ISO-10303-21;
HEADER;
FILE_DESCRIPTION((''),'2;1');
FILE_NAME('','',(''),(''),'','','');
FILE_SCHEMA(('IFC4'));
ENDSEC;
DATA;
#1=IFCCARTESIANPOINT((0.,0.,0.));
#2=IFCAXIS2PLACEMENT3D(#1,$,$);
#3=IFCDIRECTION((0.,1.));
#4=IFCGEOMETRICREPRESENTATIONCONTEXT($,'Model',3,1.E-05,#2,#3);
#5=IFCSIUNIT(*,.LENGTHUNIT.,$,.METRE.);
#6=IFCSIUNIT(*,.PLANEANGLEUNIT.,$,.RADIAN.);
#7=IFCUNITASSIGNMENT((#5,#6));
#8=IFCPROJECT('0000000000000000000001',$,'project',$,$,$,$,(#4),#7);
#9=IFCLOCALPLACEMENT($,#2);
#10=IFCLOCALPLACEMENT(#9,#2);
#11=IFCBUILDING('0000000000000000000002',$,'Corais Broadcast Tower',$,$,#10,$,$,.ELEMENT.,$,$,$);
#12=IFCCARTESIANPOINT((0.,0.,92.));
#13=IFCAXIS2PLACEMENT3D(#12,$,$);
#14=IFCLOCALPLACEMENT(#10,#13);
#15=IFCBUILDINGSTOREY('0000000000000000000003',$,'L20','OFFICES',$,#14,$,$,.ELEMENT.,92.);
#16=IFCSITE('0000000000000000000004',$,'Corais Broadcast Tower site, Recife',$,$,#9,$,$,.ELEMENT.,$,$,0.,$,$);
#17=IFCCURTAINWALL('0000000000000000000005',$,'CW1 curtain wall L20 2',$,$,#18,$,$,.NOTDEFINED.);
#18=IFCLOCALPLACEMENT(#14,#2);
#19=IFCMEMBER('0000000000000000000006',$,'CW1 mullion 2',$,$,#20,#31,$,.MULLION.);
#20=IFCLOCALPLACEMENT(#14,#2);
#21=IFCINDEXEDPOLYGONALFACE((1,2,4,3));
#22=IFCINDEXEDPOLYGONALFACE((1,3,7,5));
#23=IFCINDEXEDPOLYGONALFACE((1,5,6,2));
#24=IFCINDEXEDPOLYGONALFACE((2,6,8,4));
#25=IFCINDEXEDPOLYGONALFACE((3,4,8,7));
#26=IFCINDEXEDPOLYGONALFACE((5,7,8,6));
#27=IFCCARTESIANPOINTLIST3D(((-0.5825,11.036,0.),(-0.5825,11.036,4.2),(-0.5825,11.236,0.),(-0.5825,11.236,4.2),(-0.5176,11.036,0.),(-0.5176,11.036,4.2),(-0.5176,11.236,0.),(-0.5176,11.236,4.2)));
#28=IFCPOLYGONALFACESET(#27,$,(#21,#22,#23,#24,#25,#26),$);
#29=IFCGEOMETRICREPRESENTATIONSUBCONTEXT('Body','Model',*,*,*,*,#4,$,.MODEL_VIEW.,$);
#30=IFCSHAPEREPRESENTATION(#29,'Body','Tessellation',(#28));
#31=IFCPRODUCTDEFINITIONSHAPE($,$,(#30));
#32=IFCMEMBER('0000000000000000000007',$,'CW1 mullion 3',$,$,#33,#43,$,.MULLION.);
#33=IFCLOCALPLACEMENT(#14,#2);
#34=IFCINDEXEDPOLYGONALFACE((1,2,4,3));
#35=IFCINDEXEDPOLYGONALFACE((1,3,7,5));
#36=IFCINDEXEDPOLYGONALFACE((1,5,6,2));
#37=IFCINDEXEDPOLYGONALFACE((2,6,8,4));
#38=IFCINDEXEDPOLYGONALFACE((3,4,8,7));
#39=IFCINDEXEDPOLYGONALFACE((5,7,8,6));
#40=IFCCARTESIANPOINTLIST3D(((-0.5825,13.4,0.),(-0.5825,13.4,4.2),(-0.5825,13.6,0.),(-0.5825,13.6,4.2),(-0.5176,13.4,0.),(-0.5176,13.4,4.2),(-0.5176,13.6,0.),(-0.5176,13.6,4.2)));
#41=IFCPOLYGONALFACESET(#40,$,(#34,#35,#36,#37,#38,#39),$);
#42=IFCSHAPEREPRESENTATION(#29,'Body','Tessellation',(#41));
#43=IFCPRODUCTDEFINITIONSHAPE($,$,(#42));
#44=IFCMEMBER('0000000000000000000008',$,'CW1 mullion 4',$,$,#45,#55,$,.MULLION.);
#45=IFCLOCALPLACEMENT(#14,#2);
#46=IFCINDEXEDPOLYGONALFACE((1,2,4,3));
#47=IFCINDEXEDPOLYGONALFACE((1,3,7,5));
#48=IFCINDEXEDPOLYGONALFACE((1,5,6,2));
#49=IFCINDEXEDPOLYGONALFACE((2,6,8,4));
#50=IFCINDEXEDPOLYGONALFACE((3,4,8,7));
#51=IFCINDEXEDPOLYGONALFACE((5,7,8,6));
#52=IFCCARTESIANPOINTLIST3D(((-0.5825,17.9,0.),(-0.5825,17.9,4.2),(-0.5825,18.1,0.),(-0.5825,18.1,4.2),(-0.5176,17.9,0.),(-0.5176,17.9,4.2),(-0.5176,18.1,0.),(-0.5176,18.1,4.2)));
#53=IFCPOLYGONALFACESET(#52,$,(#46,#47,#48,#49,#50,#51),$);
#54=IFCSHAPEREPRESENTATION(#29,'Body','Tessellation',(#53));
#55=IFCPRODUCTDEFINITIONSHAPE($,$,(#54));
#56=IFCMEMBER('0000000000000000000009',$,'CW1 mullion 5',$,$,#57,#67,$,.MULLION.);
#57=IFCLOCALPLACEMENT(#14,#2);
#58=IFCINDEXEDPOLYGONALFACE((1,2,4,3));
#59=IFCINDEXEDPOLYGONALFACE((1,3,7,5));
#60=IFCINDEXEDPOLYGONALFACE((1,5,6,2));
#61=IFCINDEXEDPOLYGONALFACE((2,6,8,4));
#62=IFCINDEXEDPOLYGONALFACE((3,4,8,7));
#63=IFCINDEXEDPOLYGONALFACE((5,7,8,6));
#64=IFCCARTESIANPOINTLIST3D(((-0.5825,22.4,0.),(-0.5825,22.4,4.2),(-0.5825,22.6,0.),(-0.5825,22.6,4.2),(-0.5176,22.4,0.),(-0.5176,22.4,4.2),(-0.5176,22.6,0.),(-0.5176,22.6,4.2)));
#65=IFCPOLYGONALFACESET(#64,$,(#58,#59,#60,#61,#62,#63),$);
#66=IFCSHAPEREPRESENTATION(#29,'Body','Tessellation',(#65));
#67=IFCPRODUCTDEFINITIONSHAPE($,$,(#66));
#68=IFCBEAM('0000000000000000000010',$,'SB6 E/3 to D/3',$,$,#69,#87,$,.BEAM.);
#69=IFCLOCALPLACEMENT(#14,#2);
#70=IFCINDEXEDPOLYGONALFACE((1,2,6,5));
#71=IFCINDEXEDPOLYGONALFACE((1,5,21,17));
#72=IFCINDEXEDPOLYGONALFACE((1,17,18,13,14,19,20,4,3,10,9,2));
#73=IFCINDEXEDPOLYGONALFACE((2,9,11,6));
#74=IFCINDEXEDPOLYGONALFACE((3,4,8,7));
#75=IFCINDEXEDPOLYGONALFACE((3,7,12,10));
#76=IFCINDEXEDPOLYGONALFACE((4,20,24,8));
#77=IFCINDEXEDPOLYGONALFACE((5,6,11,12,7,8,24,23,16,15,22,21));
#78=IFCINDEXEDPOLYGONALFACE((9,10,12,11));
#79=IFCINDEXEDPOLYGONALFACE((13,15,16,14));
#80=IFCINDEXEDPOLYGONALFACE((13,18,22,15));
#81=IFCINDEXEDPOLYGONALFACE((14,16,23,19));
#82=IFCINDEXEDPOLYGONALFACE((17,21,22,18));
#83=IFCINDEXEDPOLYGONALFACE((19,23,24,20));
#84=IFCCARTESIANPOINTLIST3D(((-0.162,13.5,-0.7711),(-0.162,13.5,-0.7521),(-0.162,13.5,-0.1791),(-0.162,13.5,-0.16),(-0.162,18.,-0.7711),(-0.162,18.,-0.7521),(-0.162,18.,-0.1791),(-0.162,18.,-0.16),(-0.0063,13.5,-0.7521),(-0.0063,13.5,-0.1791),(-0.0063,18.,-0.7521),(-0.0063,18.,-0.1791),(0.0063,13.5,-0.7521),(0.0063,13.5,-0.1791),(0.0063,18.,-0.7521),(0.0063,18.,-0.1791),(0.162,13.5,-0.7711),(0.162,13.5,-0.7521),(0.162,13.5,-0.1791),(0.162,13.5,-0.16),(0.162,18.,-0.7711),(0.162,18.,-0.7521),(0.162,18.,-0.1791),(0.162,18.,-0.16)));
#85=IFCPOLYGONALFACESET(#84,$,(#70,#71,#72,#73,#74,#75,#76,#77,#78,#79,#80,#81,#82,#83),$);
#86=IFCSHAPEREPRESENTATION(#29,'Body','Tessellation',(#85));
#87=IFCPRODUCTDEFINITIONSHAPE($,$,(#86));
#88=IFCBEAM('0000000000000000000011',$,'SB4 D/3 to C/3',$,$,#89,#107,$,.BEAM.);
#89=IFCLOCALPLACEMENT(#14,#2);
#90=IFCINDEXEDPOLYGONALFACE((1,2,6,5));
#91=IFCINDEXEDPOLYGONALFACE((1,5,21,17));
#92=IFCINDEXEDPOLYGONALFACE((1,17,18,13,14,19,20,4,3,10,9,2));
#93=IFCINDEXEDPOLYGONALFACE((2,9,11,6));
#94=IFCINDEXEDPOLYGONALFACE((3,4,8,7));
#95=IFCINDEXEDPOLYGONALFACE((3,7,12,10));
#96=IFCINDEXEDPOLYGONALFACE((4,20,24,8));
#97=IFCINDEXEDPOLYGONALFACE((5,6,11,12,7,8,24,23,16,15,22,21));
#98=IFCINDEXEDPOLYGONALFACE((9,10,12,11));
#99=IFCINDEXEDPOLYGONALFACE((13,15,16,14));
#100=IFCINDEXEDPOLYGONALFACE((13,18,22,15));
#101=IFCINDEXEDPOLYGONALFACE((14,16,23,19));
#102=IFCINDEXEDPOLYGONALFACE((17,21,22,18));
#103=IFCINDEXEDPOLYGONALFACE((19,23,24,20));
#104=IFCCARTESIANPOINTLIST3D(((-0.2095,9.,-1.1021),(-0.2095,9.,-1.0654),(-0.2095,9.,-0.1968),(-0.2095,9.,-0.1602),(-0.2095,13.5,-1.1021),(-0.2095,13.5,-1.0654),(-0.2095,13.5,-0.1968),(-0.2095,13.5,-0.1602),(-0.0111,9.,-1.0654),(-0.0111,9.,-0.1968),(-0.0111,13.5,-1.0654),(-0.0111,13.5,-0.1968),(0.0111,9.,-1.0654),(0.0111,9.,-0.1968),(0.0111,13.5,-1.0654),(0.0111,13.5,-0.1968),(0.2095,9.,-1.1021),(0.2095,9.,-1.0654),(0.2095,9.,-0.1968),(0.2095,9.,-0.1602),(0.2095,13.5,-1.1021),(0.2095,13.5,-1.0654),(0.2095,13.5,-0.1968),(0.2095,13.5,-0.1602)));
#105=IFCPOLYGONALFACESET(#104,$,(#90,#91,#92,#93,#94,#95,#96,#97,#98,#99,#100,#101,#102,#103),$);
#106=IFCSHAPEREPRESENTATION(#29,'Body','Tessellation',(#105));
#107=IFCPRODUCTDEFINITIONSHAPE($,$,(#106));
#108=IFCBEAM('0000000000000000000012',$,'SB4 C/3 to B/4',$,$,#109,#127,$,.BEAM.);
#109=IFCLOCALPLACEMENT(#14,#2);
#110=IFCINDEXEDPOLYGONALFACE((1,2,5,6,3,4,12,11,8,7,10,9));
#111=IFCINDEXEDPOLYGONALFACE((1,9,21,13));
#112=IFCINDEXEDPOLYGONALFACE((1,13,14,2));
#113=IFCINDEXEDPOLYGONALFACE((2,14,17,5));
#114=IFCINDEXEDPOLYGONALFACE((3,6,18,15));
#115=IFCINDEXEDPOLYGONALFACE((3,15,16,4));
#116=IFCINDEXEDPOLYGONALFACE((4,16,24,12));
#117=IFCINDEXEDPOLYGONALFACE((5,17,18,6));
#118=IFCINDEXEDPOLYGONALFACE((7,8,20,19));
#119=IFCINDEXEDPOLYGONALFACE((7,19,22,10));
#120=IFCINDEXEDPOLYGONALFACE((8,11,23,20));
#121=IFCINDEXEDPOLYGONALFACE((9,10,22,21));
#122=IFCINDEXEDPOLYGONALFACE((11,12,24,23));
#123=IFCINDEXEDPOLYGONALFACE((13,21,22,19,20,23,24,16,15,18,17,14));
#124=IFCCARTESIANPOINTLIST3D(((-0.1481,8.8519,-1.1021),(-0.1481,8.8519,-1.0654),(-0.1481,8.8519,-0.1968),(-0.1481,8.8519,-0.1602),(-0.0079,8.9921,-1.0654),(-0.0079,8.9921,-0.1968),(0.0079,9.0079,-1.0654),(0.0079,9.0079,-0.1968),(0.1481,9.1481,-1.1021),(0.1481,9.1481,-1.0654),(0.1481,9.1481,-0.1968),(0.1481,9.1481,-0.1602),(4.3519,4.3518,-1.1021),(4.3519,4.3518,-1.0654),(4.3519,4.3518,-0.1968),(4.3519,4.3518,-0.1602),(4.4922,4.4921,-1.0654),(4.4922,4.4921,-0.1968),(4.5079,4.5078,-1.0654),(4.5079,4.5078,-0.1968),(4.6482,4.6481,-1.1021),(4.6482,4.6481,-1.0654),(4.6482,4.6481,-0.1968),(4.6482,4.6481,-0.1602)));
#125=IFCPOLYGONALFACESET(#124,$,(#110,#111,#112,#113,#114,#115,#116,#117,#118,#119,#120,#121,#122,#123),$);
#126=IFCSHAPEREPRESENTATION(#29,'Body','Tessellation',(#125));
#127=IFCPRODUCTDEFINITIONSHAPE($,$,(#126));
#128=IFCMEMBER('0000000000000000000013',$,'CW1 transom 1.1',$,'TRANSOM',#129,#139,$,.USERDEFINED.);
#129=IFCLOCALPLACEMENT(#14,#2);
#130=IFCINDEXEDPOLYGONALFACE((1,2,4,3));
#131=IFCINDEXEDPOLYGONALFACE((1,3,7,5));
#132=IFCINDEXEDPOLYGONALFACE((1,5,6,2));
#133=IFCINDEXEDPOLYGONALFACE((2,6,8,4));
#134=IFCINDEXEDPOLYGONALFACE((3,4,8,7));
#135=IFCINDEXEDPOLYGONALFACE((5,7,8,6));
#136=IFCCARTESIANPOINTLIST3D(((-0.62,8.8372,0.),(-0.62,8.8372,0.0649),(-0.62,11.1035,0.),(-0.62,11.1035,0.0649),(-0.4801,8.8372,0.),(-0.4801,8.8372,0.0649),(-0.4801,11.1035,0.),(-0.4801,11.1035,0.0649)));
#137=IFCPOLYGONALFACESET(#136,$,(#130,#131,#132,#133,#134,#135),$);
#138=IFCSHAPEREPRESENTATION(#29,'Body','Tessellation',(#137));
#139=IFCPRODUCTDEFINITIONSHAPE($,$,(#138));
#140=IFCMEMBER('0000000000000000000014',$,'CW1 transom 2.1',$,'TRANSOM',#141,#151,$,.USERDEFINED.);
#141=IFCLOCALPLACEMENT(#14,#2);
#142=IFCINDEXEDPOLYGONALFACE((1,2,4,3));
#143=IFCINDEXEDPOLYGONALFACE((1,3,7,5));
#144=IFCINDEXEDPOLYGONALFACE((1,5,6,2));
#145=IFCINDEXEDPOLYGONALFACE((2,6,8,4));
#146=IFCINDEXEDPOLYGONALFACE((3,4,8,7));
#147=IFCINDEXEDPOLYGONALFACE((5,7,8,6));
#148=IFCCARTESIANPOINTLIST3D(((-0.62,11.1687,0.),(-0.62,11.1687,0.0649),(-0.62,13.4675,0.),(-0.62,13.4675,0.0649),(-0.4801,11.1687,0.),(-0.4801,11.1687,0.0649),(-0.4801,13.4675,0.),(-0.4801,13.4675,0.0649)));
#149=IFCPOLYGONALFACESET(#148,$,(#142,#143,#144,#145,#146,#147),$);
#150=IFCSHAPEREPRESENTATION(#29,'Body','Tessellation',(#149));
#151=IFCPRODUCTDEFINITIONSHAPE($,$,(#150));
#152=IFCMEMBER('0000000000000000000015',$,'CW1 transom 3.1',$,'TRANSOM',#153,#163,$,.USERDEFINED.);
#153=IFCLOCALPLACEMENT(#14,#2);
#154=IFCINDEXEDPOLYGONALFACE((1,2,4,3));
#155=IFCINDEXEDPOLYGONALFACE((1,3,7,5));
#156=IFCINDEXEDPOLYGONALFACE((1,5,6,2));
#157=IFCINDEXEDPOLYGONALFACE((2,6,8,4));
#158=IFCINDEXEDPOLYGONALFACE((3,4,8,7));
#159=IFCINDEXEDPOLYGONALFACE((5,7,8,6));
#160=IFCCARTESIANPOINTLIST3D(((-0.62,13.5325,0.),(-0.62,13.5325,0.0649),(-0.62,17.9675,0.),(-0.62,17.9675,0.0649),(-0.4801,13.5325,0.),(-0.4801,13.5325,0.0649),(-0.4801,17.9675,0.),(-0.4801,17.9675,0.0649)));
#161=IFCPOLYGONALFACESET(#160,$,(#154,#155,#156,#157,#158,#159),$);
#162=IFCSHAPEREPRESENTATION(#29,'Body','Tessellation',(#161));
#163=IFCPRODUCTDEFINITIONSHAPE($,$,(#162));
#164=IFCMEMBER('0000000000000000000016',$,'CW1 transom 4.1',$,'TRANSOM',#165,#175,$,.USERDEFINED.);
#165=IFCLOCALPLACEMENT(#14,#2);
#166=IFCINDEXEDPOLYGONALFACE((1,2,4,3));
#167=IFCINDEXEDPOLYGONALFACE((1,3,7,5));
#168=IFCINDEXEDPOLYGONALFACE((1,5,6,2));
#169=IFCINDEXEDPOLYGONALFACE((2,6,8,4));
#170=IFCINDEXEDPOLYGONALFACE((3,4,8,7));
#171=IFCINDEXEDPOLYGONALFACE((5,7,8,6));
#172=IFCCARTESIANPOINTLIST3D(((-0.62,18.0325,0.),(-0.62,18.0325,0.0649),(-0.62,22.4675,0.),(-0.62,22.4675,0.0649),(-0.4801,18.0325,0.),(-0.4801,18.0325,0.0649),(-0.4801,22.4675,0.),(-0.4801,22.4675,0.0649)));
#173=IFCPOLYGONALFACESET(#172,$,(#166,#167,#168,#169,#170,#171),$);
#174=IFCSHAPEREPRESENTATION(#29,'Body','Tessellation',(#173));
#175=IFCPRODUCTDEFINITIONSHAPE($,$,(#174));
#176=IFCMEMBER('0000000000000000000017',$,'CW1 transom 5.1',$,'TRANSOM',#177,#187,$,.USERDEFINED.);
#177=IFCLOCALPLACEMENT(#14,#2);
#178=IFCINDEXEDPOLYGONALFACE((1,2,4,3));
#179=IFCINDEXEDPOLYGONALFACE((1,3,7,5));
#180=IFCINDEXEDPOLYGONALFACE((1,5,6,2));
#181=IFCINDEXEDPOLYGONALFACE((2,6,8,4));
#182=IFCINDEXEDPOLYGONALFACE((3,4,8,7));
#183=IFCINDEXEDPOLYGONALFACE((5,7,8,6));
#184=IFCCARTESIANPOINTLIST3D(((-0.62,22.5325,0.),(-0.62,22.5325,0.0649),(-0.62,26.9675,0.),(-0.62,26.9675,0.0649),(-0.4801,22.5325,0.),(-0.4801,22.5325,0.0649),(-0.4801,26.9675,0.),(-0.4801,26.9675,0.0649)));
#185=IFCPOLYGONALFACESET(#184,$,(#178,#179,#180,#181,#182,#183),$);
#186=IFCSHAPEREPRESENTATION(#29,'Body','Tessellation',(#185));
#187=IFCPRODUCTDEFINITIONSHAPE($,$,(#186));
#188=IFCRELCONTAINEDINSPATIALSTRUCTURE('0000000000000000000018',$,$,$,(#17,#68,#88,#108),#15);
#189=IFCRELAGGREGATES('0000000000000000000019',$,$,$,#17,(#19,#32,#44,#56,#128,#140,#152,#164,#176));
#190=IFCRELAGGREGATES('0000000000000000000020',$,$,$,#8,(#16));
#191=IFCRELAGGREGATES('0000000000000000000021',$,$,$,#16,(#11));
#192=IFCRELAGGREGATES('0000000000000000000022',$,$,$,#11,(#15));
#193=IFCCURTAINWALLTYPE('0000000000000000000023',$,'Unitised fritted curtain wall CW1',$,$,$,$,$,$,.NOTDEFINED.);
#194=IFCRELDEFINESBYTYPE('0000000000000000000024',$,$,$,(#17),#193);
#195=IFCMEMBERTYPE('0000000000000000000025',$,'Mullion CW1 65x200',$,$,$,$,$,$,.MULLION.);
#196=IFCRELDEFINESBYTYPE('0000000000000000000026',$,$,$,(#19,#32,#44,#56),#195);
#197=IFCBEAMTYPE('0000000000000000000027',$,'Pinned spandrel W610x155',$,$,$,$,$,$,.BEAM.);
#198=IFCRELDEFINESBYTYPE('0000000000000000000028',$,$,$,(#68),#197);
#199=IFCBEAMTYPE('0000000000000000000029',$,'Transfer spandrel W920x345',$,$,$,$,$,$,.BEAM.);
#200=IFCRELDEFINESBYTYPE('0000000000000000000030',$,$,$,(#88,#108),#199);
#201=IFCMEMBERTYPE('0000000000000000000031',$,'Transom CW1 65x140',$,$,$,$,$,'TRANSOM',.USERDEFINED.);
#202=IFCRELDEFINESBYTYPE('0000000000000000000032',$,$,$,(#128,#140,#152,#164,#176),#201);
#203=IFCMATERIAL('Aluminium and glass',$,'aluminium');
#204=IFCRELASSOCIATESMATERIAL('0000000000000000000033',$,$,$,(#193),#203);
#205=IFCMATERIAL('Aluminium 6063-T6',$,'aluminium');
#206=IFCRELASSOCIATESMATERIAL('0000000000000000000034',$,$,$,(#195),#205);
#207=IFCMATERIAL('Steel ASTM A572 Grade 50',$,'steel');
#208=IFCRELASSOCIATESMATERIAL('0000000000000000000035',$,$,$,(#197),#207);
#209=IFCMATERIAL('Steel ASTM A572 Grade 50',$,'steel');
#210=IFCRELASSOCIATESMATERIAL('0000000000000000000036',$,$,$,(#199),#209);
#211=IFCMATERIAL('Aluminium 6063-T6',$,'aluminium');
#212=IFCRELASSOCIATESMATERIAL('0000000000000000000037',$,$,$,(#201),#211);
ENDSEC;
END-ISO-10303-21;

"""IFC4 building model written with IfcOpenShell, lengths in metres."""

from ifc_helpers import new_model, si_unit, direction, frame, origin, origin_2d, place, context, subcontext, project, spatial, rectangle, i_section, extrude, material, material_profile, profile_set, type_object, element, aggregate, save


model = new_model("IFC4")

# Units and contexts
model_context = context("Model", 3, precision=1e-05, world=origin(), true_north=direction((0.0, 1.0)))
body_context = subcontext(model_context, "Body", "Model", "MODEL_VIEW")
ifc_project = project(units=[si_unit("LENGTHUNIT", "METRE"), si_unit("PLANEANGLEUNIT", "RADIAN")], contexts=[model_context])

# Site, building, storey
site_placement = place(None, origin())
site = spatial("IfcSite", under=ifc_project, at=site_placement, Name="Corais Broadcast Tower site, Recife", CompositionType="ELEMENT", RefElevation=0.0)
building_placement = place(site_placement, origin())
building = spatial("IfcBuilding", under=site, at=building_placement, Name="Corais Broadcast Tower", CompositionType="ELEMENT")
storey_placement = place(building_placement, frame((0.0, 0.0, 92.0)))
storey = spatial("IfcBuildingStorey", under=building, at=storey_placement, Name="L20", Description="OFFICES", CompositionType="ELEMENT", Elevation=92.0)

# Shared definitions
ifc_material_1 = material(Name="Aluminium and glass", Category="aluminium")
curtain_wall_type = type_object("IfcCurtainWallType", Name="Unitised fritted curtain wall CW1", PredefinedType="NOTDEFINED", material=ifc_material_1)
ifc_material_2 = material(Name="Aluminium 6063-T6", Category="aluminium")
ifc_material_profile_1 = material_profile(ifc_material_2, rectangle(XDim=0.0649, YDim=0.2, at=origin_2d()), Name="Mullion CW1 65x200")
ifc_profile_set_1 = profile_set([ifc_material_profile_1], Name="Aluminium 6063-T6")
member_type_1 = type_object("IfcMemberType", Name="Mullion CW1 65x200", PredefinedType="MULLION", material=ifc_profile_set_1)

# Curtain wall, members
curtain_wall_1_placement = place(storey_placement, origin())
curtain_wall_1 = element("IfcCurtainWall", 1, at=curtain_wall_1_placement, inside=storey, type_object=curtain_wall_type, Name="CW1 curtain wall L20 2", PredefinedType="NOTDEFINED")
member_1_placement = place(storey_placement, frame((-0.55, 11.136, 0.0), z_axis=(0.0, 0.0, 1.0), x_axis=(-1.0, 0.0, 0.0)))
member_1 = element("IfcMember", 2, at=member_1_placement, type_object=member_type_1, Name="CW1 mullion 2", PredefinedType="MULLION", context=body_context, shape_type="SweptSolid", body=[
    extrude(rectangle(XDim=0.0649, YDim=0.2, at=origin_2d()), origin(), (0.0, 0.0, 1.0), 4.2),
])
member_2_placement = place(storey_placement, frame((-0.55, 13.5, 0.0), z_axis=(0.0, 0.0, 1.0), x_axis=(-1.0, 0.0, 0.0)))
member_2 = element("IfcMember", 3, at=member_2_placement, type_object=member_type_1, Name="CW1 mullion 3", PredefinedType="MULLION", context=body_context, shape_type="SweptSolid", body=[
    extrude(rectangle(XDim=0.0649, YDim=0.2, at=origin_2d()), origin(), (0.0, 0.0, 1.0), 4.2),
])
member_3_placement = place(storey_placement, frame((-0.55, 18.0, 0.0), z_axis=(0.0, 0.0, 1.0), x_axis=(-1.0, 0.0, 0.0)))
member_3 = element("IfcMember", 4, at=member_3_placement, type_object=member_type_1, Name="CW1 mullion 4", PredefinedType="MULLION", context=body_context, shape_type="SweptSolid", body=[
    extrude(rectangle(XDim=0.0649, YDim=0.2, at=origin_2d()), origin(), (0.0, 0.0, 1.0), 4.2),
])
member_4_placement = place(storey_placement, frame((-0.55, 22.5, 0.0), z_axis=(0.0, 0.0, 1.0), x_axis=(-1.0, 0.0, 0.0)))
member_4 = element("IfcMember", 5, at=member_4_placement, type_object=member_type_1, Name="CW1 mullion 5", PredefinedType="MULLION", context=body_context, shape_type="SweptSolid", body=[
    extrude(rectangle(XDim=0.0649, YDim=0.2, at=origin_2d()), origin(), (0.0, 0.0, 1.0), 4.2),
])

# Beams
ifc_material_3 = material(Name="Steel ASTM A572 Grade 50", Category="steel")
ifc_material_profile_2 = material_profile(ifc_material_3, i_section(OverallWidth=0.324, OverallDepth=0.6111, WebThickness=0.0127, FlangeThickness=0.019, at=origin_2d()), Name="W610x155")
ifc_profile_set_2 = profile_set([ifc_material_profile_2], Name="Steel ASTM A572 Grade 50")
beam_type_1 = type_object("IfcBeamType", Name="Pinned spandrel W610x155", PredefinedType="BEAM", material=ifc_profile_set_2)
beam_1_placement = place(storey_placement, frame((0.0, 18.0, -0.4656), z_axis=(0.0, -1.0, 0.0), x_axis=(1.0, 0.0, 0.0)))
element("IfcBeam", 6, at=beam_1_placement, inside=storey, type_object=beam_type_1, Name="SB6 E/3 to D/3", PredefinedType="BEAM", context=body_context, shape_type="SweptSolid", body=[
    extrude(i_section(OverallWidth=0.324, OverallDepth=0.6111, WebThickness=0.0127, FlangeThickness=0.019, at=origin_2d()), origin(), (0.0, 0.0, 1.0), 4.5),
])
ifc_material_4 = material(Name="Steel ASTM A572 Grade 50", Category="steel")
ifc_material_profile_3 = material_profile(ifc_material_4, i_section(OverallWidth=0.4189, OverallDepth=0.9419, WebThickness=0.0222, FlangeThickness=0.0366, at=origin_2d()), Name="W920x345")
ifc_profile_set_3 = profile_set([ifc_material_profile_3], Name="Steel ASTM A572 Grade 50")
beam_type_2 = type_object("IfcBeamType", Name="Transfer spandrel W920x345", PredefinedType="BEAM", material=ifc_profile_set_3)
beam_2_placement = place(storey_placement, frame((0.0, 13.5, -0.6311), z_axis=(0.0, -1.0, 0.0), x_axis=(1.0, 0.0, 0.0)))
element("IfcBeam", 7, at=beam_2_placement, inside=storey, type_object=beam_type_2, Name="SB4 D/3 to C/3", PredefinedType="BEAM", context=body_context, shape_type="SweptSolid", body=[
    extrude(i_section(OverallWidth=0.4189, OverallDepth=0.9419, WebThickness=0.0222, FlangeThickness=0.0366, at=origin_2d()), origin(), (0.0, 0.0, 1.0), 4.5),
])
beam_3_placement = place(storey_placement, frame((0.0, 9.0, -0.6311), z_axis=(0.707107, -0.707107, 0.0), x_axis=(0.707107, 0.707107, 0.0)))
element("IfcBeam", 8, at=beam_3_placement, inside=storey, type_object=beam_type_2, Name="SB4 C/3 to B/4", PredefinedType="BEAM", context=body_context, shape_type="SweptSolid", body=[
    extrude(i_section(OverallWidth=0.4189, OverallDepth=0.9419, WebThickness=0.0222, FlangeThickness=0.0366, at=origin_2d()), origin(), (0.0, 0.0, 1.0), 6.364),
])

# Members
ifc_material_5 = material(Name="Aluminium 6063-T6", Category="aluminium")
ifc_material_profile_4 = material_profile(ifc_material_5, rectangle(XDim=0.1399, YDim=0.0649, at=origin_2d()), Name="Transom CW1 65x140")
ifc_profile_set_4 = profile_set([ifc_material_profile_4], Name="Aluminium 6063-T6")
member_type_2 = type_object("IfcMemberType", Name="Transom CW1 65x140", ElementType="TRANSOM", PredefinedType="USERDEFINED", material=ifc_profile_set_4)
member_5_placement = place(storey_placement, frame((-0.55, 8.8372, 0.0325), z_axis=(0.0, 1.0, 0.0), x_axis=(-1.0, 0.0, 0.0)))
member_5 = element("IfcMember", 9, at=member_5_placement, type_object=member_type_2, Name="CW1 transom 1.1", ObjectType="TRANSOM", PredefinedType="USERDEFINED", context=body_context, shape_type="SweptSolid", body=[
    extrude(rectangle(XDim=0.1399, YDim=0.0649, at=origin_2d()), origin(), (0.0, 0.0, 1.0), 2.2664),
])
member_6_placement = place(storey_placement, frame((-0.55, 11.1687, 0.0325), z_axis=(0.0, 1.0, 0.0), x_axis=(-1.0, 0.0, 0.0)))
member_6 = element("IfcMember", 10, at=member_6_placement, type_object=member_type_2, Name="CW1 transom 2.1", ObjectType="TRANSOM", PredefinedType="USERDEFINED", context=body_context, shape_type="SweptSolid", body=[
    extrude(rectangle(XDim=0.1399, YDim=0.0649, at=origin_2d()), origin(), (0.0, 0.0, 1.0), 2.2988),
])
member_7_placement = place(storey_placement, frame((-0.55, 13.5325, 0.0325), z_axis=(0.0, 1.0, 0.0), x_axis=(-1.0, 0.0, 0.0)))
member_7 = element("IfcMember", 11, at=member_7_placement, type_object=member_type_2, Name="CW1 transom 3.1", ObjectType="TRANSOM", PredefinedType="USERDEFINED", context=body_context, shape_type="SweptSolid", body=[
    extrude(rectangle(XDim=0.1399, YDim=0.0649, at=origin_2d()), origin(), (0.0, 0.0, 1.0), 4.4351),
])
member_8_placement = place(storey_placement, frame((-0.55, 18.0325, 0.0325), z_axis=(0.0, 1.0, 0.0), x_axis=(-1.0, 0.0, 0.0)))
member_8 = element("IfcMember", 12, at=member_8_placement, type_object=member_type_2, Name="CW1 transom 4.1", ObjectType="TRANSOM", PredefinedType="USERDEFINED", context=body_context, shape_type="SweptSolid", body=[
    extrude(rectangle(XDim=0.1399, YDim=0.0649, at=origin_2d()), origin(), (0.0, 0.0, 1.0), 4.4351),
])
member_9_placement = place(storey_placement, frame((-0.55, 22.5325, 0.0325), z_axis=(0.0, 1.0, 0.0), x_axis=(-1.0, 0.0, 0.0)))
member_9 = element("IfcMember", 13, at=member_9_placement, type_object=member_type_2, Name="CW1 transom 5.1", ObjectType="TRANSOM", PredefinedType="USERDEFINED", context=body_context, shape_type="SweptSolid", body=[
    extrude(rectangle(XDim=0.1399, YDim=0.0649, at=origin_2d()), origin(), (0.0, 0.0, 1.0), 4.4351),
])

aggregate(curtain_wall_1, [member_1, member_2, member_3, member_4, member_5, member_6, member_7, member_8, member_9])

save(model, "model.ifc")
